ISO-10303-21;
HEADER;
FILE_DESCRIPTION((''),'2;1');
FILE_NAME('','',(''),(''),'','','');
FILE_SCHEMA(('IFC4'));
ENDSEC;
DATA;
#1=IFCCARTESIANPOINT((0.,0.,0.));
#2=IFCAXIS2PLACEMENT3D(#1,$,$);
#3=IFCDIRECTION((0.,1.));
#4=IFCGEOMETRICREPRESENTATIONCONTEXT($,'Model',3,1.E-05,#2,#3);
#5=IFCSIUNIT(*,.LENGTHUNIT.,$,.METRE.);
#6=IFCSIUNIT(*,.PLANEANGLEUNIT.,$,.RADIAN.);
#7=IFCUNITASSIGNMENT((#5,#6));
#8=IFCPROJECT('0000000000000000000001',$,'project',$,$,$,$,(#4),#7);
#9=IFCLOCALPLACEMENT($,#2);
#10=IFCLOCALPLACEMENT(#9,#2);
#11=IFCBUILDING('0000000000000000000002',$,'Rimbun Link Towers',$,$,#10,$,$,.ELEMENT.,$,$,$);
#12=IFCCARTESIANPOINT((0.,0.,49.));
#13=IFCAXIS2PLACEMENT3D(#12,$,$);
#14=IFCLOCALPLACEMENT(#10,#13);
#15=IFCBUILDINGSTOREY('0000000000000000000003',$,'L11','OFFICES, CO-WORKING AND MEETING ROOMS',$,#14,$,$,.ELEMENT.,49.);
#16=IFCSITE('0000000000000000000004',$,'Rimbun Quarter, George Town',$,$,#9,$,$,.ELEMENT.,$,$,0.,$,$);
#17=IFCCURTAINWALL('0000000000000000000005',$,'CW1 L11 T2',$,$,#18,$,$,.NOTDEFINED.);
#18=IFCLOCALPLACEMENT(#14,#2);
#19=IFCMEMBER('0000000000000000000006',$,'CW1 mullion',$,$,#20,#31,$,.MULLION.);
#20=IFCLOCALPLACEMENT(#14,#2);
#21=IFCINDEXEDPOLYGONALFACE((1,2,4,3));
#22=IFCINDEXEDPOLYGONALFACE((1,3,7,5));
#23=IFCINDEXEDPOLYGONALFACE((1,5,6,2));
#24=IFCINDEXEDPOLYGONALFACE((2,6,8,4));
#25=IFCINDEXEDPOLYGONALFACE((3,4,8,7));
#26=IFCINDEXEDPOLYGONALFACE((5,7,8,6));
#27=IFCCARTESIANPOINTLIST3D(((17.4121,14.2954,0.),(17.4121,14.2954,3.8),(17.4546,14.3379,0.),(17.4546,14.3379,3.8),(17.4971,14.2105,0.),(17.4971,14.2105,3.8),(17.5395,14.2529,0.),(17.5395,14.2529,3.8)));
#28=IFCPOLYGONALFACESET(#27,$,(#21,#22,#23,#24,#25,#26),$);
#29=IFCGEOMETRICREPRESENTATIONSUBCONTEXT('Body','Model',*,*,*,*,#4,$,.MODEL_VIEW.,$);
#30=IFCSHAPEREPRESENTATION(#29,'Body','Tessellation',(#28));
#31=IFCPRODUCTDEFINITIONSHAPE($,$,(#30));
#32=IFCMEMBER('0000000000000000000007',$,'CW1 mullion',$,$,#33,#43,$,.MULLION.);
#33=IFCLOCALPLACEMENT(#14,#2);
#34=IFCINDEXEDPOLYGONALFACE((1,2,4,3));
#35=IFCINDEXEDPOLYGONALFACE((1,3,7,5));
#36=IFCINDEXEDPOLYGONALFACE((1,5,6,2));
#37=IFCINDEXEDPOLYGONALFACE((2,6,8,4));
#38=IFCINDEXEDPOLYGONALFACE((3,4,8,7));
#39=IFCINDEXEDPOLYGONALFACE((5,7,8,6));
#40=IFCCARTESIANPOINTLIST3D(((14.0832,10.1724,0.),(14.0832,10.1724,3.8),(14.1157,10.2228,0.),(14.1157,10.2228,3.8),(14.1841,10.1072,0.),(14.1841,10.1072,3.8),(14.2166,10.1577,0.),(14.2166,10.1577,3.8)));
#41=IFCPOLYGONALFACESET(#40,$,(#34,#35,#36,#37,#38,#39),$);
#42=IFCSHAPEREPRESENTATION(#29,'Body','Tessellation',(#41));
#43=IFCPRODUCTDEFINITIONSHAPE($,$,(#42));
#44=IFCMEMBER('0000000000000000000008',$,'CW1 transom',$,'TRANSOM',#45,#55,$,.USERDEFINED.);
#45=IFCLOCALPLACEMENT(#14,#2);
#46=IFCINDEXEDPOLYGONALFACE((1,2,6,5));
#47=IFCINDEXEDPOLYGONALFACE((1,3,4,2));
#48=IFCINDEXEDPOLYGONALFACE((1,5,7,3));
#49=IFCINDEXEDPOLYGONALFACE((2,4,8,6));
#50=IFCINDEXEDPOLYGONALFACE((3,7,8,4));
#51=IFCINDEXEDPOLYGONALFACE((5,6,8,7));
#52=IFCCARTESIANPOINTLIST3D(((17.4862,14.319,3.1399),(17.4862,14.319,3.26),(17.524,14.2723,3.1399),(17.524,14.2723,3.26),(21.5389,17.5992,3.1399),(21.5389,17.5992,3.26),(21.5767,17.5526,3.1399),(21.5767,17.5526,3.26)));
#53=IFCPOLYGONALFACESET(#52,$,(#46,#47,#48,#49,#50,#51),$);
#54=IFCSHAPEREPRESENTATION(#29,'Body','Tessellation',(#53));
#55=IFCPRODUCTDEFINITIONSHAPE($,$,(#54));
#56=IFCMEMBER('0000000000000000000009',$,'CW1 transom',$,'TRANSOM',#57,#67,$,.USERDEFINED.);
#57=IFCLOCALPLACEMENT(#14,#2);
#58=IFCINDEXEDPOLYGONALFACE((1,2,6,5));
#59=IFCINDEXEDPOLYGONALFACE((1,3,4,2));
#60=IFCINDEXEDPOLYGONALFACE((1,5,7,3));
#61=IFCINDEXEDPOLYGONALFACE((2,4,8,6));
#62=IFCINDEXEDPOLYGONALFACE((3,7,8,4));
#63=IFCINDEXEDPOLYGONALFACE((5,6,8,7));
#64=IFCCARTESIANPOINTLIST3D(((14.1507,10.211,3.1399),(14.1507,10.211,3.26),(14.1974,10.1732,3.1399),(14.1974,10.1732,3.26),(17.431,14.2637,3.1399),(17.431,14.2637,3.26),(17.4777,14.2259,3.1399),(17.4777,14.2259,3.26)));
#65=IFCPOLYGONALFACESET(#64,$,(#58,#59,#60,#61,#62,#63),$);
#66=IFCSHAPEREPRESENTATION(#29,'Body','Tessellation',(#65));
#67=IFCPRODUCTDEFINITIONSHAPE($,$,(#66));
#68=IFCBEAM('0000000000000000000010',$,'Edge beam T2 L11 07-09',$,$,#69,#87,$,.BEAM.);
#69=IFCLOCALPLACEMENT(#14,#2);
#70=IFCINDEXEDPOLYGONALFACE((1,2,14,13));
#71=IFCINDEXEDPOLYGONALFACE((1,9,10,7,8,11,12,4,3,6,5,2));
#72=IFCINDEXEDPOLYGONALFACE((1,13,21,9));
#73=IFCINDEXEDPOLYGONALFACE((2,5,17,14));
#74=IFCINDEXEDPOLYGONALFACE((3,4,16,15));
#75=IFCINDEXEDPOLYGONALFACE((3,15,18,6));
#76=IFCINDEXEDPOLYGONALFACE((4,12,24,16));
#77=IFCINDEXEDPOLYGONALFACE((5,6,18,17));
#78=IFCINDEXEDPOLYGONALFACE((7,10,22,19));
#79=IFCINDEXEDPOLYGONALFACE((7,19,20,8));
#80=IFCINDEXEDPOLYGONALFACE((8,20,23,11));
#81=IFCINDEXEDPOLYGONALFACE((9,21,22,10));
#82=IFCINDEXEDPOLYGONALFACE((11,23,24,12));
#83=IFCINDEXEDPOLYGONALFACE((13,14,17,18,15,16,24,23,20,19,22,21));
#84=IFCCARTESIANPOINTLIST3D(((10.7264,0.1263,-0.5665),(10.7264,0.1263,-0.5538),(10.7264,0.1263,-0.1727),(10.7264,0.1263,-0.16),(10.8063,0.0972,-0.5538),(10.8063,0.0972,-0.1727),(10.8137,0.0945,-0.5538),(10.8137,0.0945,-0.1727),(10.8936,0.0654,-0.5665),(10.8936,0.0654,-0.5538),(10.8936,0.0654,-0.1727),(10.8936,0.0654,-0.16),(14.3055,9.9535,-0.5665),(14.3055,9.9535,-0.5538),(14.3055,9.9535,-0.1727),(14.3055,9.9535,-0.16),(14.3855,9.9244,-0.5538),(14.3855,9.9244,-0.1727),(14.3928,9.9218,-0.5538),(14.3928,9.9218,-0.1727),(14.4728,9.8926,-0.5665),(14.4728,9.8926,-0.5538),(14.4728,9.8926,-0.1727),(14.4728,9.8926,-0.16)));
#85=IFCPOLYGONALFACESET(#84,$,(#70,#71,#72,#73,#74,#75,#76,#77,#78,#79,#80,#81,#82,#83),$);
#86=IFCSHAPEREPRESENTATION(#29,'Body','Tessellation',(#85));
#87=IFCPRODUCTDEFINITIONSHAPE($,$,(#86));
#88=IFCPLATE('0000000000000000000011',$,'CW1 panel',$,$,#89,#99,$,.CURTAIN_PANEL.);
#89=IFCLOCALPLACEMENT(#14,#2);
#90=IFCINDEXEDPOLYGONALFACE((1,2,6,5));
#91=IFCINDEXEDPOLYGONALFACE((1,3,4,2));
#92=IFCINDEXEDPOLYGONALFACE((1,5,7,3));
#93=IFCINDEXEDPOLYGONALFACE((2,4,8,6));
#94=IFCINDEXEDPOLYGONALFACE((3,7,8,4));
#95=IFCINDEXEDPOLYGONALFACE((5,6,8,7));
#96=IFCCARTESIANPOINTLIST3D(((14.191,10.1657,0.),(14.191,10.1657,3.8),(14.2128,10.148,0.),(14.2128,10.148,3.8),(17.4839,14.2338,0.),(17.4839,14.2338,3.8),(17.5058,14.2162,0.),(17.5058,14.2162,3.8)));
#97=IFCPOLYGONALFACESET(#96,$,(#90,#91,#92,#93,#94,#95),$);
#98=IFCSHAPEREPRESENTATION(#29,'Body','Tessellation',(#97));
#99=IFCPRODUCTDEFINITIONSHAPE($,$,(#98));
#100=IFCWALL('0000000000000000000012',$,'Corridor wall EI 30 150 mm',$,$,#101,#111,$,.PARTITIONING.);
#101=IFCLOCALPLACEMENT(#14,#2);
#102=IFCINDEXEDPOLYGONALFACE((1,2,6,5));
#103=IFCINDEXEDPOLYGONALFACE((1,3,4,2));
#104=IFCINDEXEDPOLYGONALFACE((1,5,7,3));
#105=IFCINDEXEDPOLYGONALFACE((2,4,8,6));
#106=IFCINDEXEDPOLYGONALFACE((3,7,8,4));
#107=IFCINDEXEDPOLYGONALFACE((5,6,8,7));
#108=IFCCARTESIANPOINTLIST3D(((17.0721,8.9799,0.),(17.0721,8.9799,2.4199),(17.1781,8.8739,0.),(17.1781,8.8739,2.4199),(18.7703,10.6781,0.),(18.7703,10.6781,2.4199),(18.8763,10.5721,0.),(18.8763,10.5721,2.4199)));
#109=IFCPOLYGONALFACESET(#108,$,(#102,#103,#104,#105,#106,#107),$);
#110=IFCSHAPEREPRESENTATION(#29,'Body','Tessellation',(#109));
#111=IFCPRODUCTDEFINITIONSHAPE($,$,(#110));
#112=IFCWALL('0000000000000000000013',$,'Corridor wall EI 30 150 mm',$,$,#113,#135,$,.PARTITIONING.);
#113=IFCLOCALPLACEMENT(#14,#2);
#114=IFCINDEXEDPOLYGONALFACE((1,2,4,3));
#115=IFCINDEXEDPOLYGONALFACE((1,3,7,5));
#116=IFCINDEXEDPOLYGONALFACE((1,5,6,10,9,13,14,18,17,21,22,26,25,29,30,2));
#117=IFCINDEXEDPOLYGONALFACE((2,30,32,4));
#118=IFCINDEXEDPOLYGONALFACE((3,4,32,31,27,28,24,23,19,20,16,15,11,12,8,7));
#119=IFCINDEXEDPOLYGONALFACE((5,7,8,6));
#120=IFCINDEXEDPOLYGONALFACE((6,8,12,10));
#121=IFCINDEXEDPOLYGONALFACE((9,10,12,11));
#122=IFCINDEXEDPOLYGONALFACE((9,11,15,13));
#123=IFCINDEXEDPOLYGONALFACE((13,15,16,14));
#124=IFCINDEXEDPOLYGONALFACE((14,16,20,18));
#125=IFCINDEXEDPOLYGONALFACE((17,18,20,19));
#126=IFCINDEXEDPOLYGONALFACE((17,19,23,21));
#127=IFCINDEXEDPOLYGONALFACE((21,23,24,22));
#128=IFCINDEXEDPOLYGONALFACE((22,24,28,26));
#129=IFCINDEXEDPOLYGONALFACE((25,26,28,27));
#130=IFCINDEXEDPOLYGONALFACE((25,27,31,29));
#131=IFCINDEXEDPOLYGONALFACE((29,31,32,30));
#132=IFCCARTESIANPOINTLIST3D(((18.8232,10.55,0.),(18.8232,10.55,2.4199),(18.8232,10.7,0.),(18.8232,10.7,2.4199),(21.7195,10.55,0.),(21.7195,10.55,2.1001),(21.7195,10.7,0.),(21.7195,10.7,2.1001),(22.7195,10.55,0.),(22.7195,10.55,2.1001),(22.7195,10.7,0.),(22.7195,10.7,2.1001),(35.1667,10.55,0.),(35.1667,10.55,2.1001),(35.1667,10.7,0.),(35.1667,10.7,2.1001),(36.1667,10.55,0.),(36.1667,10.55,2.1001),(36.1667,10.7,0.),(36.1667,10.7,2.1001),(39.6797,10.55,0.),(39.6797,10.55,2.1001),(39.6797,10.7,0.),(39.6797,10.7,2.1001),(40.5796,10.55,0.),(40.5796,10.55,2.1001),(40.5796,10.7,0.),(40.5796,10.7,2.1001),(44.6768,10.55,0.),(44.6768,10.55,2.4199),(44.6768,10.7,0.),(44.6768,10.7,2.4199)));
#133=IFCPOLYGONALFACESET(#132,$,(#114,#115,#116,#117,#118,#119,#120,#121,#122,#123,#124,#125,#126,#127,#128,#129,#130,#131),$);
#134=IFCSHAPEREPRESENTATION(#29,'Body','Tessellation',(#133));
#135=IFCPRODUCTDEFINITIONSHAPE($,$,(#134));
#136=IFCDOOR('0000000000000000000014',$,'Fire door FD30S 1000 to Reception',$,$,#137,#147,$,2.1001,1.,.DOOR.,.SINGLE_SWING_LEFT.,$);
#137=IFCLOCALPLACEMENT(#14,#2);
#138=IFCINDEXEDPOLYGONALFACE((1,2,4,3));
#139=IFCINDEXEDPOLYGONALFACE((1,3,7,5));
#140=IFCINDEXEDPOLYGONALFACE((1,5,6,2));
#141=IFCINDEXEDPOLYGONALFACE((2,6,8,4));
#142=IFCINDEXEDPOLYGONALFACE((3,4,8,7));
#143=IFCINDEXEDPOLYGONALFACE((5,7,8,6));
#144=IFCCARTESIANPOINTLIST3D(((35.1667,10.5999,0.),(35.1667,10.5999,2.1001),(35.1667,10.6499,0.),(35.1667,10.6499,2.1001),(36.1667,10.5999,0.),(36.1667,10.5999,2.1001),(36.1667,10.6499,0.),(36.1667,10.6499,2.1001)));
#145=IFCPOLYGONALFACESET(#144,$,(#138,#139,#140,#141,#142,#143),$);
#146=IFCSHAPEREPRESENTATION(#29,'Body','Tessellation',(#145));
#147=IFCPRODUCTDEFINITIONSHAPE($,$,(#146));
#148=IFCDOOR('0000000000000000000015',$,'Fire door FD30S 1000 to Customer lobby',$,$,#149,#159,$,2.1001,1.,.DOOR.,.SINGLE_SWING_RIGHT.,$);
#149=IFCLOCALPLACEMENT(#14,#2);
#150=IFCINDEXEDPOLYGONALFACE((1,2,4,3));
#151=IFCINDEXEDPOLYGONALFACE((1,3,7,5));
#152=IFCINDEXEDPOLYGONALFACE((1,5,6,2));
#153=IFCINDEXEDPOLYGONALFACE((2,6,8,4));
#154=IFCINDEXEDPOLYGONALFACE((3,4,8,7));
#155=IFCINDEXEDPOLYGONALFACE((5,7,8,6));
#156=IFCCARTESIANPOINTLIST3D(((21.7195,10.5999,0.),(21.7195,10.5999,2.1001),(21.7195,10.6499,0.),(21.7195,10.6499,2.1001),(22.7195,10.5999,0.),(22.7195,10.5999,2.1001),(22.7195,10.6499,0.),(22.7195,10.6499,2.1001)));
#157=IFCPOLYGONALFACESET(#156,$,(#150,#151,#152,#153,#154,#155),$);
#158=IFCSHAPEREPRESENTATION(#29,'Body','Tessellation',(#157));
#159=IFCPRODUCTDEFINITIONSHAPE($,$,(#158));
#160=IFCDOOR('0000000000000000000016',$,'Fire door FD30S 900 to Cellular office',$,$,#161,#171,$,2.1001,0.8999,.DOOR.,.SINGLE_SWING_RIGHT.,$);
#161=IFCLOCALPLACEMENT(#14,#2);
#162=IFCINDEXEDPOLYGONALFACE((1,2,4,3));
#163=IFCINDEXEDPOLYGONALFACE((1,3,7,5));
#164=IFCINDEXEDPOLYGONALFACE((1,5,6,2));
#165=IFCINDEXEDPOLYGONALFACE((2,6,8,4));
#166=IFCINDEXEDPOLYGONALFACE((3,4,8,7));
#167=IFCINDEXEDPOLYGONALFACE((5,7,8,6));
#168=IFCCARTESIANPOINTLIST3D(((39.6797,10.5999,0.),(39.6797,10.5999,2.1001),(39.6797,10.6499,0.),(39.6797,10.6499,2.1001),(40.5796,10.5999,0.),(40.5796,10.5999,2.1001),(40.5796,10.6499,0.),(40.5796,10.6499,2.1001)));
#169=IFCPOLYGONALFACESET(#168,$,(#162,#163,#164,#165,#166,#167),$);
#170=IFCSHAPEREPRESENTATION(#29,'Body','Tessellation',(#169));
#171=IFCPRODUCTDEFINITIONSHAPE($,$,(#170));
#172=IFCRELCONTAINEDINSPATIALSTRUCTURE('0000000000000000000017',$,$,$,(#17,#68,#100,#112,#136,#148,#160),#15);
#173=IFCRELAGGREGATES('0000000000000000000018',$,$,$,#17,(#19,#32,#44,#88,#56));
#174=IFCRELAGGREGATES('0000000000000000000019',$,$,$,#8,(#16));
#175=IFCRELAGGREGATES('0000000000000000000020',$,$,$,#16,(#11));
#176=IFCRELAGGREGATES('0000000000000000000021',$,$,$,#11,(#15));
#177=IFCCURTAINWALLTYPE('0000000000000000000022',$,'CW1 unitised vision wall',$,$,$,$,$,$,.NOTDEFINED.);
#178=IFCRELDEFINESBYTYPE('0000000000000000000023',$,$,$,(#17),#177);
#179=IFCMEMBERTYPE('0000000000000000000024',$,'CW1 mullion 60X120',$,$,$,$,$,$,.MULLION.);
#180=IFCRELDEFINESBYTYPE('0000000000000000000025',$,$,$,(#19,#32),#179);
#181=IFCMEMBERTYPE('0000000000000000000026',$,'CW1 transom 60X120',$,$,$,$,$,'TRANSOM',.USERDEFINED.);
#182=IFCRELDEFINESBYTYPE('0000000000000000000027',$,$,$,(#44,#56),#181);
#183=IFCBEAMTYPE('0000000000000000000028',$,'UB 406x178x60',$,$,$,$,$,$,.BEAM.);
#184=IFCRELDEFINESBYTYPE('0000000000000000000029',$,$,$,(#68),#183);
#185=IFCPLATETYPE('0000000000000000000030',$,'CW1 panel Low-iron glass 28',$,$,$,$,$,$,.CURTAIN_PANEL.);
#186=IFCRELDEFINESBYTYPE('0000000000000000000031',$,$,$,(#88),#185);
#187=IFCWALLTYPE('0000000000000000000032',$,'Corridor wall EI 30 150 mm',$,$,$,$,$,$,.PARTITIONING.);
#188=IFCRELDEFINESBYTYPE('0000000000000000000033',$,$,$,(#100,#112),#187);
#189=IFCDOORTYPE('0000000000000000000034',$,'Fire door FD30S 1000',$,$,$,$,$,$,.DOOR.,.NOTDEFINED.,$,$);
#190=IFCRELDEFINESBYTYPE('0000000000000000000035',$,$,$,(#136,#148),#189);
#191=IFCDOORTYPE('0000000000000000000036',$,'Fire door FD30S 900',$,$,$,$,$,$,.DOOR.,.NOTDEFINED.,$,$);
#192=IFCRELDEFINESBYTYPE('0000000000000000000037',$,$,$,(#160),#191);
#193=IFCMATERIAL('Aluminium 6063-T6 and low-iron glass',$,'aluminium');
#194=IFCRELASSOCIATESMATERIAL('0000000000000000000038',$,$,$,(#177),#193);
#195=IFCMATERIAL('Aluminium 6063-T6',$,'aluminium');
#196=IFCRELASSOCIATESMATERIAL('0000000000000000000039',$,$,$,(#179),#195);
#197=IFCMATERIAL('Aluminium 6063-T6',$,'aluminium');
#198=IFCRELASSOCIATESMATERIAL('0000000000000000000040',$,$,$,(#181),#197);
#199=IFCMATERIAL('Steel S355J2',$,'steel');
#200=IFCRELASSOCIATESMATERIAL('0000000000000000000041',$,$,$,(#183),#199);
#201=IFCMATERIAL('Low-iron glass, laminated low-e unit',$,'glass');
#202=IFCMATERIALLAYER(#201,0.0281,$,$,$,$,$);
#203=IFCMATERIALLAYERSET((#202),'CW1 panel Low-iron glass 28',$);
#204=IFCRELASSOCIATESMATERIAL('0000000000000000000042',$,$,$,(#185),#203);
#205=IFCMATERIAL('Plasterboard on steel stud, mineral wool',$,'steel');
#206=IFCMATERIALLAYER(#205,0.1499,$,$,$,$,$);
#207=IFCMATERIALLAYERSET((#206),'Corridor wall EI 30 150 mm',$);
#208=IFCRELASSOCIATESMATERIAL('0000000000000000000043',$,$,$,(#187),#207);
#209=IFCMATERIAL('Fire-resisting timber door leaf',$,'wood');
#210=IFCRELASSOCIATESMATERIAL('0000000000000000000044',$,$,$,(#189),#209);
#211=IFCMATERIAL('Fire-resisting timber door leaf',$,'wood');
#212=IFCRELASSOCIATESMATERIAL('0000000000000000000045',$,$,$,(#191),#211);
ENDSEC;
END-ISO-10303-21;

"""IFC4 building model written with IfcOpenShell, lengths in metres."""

from ifc_helpers import new_model, si_unit, direction, frame, frame_2d, origin, origin_2d, place, context, subcontext, project, spatial, rectangle, i_section, extrude, material, layer, layer_set, material_profile, profile_set, type_object, element, fill, aggregate, save


model = new_model("IFC4")

# Units and contexts
model_context = context("Model", 3, precision=1e-05, world=origin(), true_north=direction((0.0, 1.0)))
body_context = subcontext(model_context, "Body", "Model", "MODEL_VIEW")
ifc_project = project(units=[si_unit("LENGTHUNIT", "METRE"), si_unit("PLANEANGLEUNIT", "RADIAN")], contexts=[model_context])

# Site, building, storey
site_placement = place(None, origin())
site = spatial("IfcSite", under=ifc_project, at=site_placement, Name="Rimbun Quarter, George Town", CompositionType="ELEMENT", RefElevation=0.0)
building_placement = place(site_placement, origin())
building = spatial("IfcBuilding", under=site, at=building_placement, Name="Rimbun Link Towers", CompositionType="ELEMENT")
storey_placement = place(building_placement, frame((0.0, 0.0, 49.0)))
storey = spatial("IfcBuildingStorey", under=building, at=storey_placement, Name="L11", Description="OFFICES, CO-WORKING AND MEETING ROOMS", CompositionType="ELEMENT", Elevation=49.0)

# Curtain wall, members
ifc_material_1 = material(Name="Aluminium 6063-T6 and low-iron glass", Category="aluminium")
curtain_wall_type = type_object("IfcCurtainWallType", Name="CW1 unitised vision wall", PredefinedType="NOTDEFINED", material=ifc_material_1)
curtain_wall_placement = place(storey_placement, origin())
curtain_wall = element("IfcCurtainWall", 1, at=curtain_wall_placement, inside=storey, type_object=curtain_wall_type, Name="CW1 L11 T2", PredefinedType="NOTDEFINED")
ifc_material_2 = material(Name="Aluminium 6063-T6", Category="aluminium")
ifc_material_profile_1 = material_profile(ifc_material_2, rectangle(XDim=0.1201, YDim=0.0601, at=origin_2d()), Name="MULLION 60X120")
ifc_profile_set_1 = profile_set([ifc_material_profile_1], Name="Aluminium 6063-T6")
member_type_1 = type_object("IfcMemberType", Name="CW1 mullion 60X120", PredefinedType="MULLION", material=ifc_profile_set_1)
member_1_placement = place(storey_placement, frame((17.4758, 14.2742, 0.0), z_axis=(0.0, 0.0, 1.0), x_axis=(-0.707107, 0.707107, 0.0)))
member_1 = element("IfcMember", 2, at=member_1_placement, type_object=member_type_1, Name="CW1 mullion", PredefinedType="MULLION", context=body_context, shape_type="SweptSolid", body=[
    extrude(rectangle(XDim=0.1201, YDim=0.0601, at=origin_2d()), origin(), (0.0, 0.0, 1.0), 3.8),
])
member_2_placement = place(storey_placement, frame((14.1499, 10.165, 0.0), z_axis=(0.0, 0.0, 1.0), x_axis=(-0.840319, 0.542092, 0.0)))
member_2 = element("IfcMember", 3, at=member_2_placement, type_object=member_type_1, Name="CW1 mullion", PredefinedType="MULLION", context=body_context, shape_type="SweptSolid", body=[
    extrude(rectangle(XDim=0.1201, YDim=0.0601, at=origin_2d()), origin(), (0.0, 0.0, 1.0), 3.8),
])
ifc_material_3 = material(Name="Aluminium 6063-T6", Category="aluminium")
ifc_material_profile_2 = material_profile(ifc_material_3, rectangle(XDim=0.0601, YDim=0.1201, at=origin_2d()), Name="TRANSOM 60X120")
ifc_profile_set_2 = profile_set([ifc_material_profile_2], Name="Aluminium 6063-T6")
member_type_2 = type_object("IfcMemberType", Name="CW1 transom 60X120", ElementType="TRANSOM", PredefinedType="USERDEFINED", material=ifc_profile_set_2)
member_3_placement = place(storey_placement, frame((17.5051, 14.2957, 3.2), z_axis=(0.777293, 0.629139, 0.0), x_axis=(-0.629139, 0.777293, 0.0)))
member_3 = element("IfcMember", 4, at=member_3_placement, type_object=member_type_2, Name="CW1 transom", ObjectType="TRANSOM", PredefinedType="USERDEFINED", context=body_context, shape_type="SweptSolid", body=[
    extrude(rectangle(XDim=0.0601, YDim=0.1201, at=origin_2d()), origin(), (0.0, 0.0, 1.0), 5.2139),
])
member_4_placement = place(storey_placement, frame((14.1741, 10.1921, 3.2), z_axis=(0.629139, 0.777293, 0.0), x_axis=(-0.777293, 0.629139, 0.0)))
member_4 = element("IfcMember", 5, at=member_4_placement, type_object=member_type_2, Name="CW1 transom", ObjectType="TRANSOM", PredefinedType="USERDEFINED", context=body_context, shape_type="SweptSolid", body=[
    extrude(rectangle(XDim=0.0601, YDim=0.1201, at=origin_2d()), origin(), (0.0, 0.0, 1.0), 5.2139),
])

# Beam
ifc_material_4 = material(Name="Steel S355J2", Category="steel")
ifc_material_profile_3 = material_profile(ifc_material_4, i_section(OverallWidth=0.178, OverallDepth=0.4065, WebThickness=0.0078, FlangeThickness=0.0127, at=origin_2d()), Name="UB 406x178x60")
ifc_profile_set_3 = profile_set([ifc_material_profile_3], Name="Steel S355J2")
beam_type = type_object("IfcBeamType", Name="UB 406x178x60", PredefinedType="BEAM", material=ifc_profile_set_3)
beam_placement = place(storey_placement, frame((14.3892, 9.9231, -0.3633), z_axis=(-0.342215, -0.939622, 0.0), x_axis=(0.939622, -0.342215, 0.0)))
element("IfcBeam", 6, at=beam_placement, inside=storey, type_object=beam_type, Name="Edge beam T2 L11 07-09", PredefinedType="BEAM", context=body_context, shape_type="SweptSolid", body=[
    extrude(i_section(OverallWidth=0.178, OverallDepth=0.4065, WebThickness=0.0078, FlangeThickness=0.0127, at=origin_2d()), origin(), (0.0, 0.0, 1.0), 10.4587),
])

# Plate
ifc_material_5 = material(Name="Low-iron glass, laminated low-e unit", Category="glass")
ifc_layer_1 = layer(ifc_material_5, 0.0281)
ifc_layer_set_1 = layer_set([ifc_layer_1], Name="CW1 panel Low-iron glass 28")
plate_type = type_object("IfcPlateType", Name="CW1 panel Low-iron glass 28", PredefinedType="CURTAIN_PANEL", material=ifc_layer_set_1)
plate_placement = place(storey_placement, frame((15.8484, 12.1909, 0.0), z_axis=(0.0, 0.0, 1.0), x_axis=(0.629155, 0.77728, 0.0)))
plate = element("IfcPlate", 7, at=plate_placement, type_object=plate_type, Name="CW1 panel", PredefinedType="CURTAIN_PANEL", context=body_context, shape_type="SweptSolid", body=[
    extrude(rectangle(XDim=5.2339, YDim=0.0281, at=origin_2d()), origin(), (0.0, 0.0, 1.0), 3.8),
])
aggregate(curtain_wall, [member_1, member_2, member_3, plate, member_4])

# Wall
ifc_material_6 = material(Name="Plasterboard on steel stud, mineral wool", Category="steel")
ifc_layer_2 = layer(ifc_material_6, 0.1499)
ifc_layer_set_2 = layer_set([ifc_layer_2], Name="Corridor wall EI 30 150 mm")
wall_type_1 = type_object("IfcWallType", Name="Corridor wall EI 30 150 mm", PredefinedType="PARTITIONING", material=ifc_layer_set_2)
wall_1_placement = place(storey_placement, frame((18.8232, 10.625, 0.0), z_axis=(0.0, 0.0, 1.0), x_axis=(-0.707107, -0.707107, 0.0)))
element("IfcWall", 8, at=wall_1_placement, inside=storey, type_object=wall_type_1, Name="Corridor wall EI 30 150 mm", PredefinedType="PARTITIONING", context=body_context, shape_type="SweptSolid", body=[
    extrude(rectangle(XDim=2.4016, YDim=0.1499, at=frame_2d((1.2007, 0.0))), origin(), (0.0, 0.0, 1.0), 2.4199),
])

# Wall, openings, doors
wall_2_placement = place(storey_placement, frame((18.8232, 10.625, 0.0), z_axis=(0.0, 0.0, 1.0), x_axis=(1.0, 0.0, 0.0)))
wall_2 = element("IfcWall", 9, at=wall_2_placement, inside=storey, type_object=wall_type_1, Name="Corridor wall EI 30 150 mm", PredefinedType="PARTITIONING", context=body_context, shape_type="SweptSolid", body=[
    extrude(rectangle(XDim=25.8535, YDim=0.1499, at=frame_2d((12.9268, 0.0))), origin(), (0.0, 0.0, 1.0), 2.4199),
])
opening_1_placement = place(wall_2_placement, frame((20.8564, 0.0, 0.0)))
opening_1 = element("IfcOpeningElement", 10, at=opening_1_placement, cuts=wall_2, PredefinedType="OPENING", context=body_context, shape_type="SweptSolid", body=[
    extrude(rectangle(XDim=0.8999, YDim=2.1001, at=frame_2d((0.45, 1.05))), frame((0.0, 0.085, 0.0), z_axis=(0.0, -1.0, 0.0), x_axis=(1.0, 0.0, 0.0)), (0.0, 0.0, 1.0), 0.1699),
])
opening_2_placement = place(wall_2_placement, frame((16.3435, 0.0, 0.0)))
opening_2 = element("IfcOpeningElement", 11, at=opening_2_placement, cuts=wall_2, PredefinedType="OPENING", context=body_context, shape_type="SweptSolid", body=[
    extrude(rectangle(XDim=1.0, YDim=2.1001, at=frame_2d((0.5, 1.05))), frame((0.0, 0.085, 0.0), z_axis=(0.0, -1.0, 0.0), x_axis=(1.0, 0.0, 0.0)), (0.0, 0.0, 1.0), 0.1699),
])
opening_3_placement = place(wall_2_placement, frame((2.8962, 0.0, 0.0)))
opening_3 = element("IfcOpeningElement", 12, at=opening_3_placement, cuts=wall_2, PredefinedType="OPENING", context=body_context, shape_type="SweptSolid", body=[
    extrude(rectangle(XDim=1.0, YDim=2.1001, at=frame_2d((0.5, 1.05))), frame((0.0, 0.085, 0.0), z_axis=(0.0, -1.0, 0.0), x_axis=(1.0, 0.0, 0.0)), (0.0, 0.0, 1.0), 0.1699),
])
ifc_material_7 = material(Name="Fire-resisting timber door leaf", Category="wood")
door_type_1 = type_object("IfcDoorType", Name="Fire door FD30S 1000", OperationType="NOTDEFINED", PredefinedType="DOOR", material=ifc_material_7)
door_1_placement = place(opening_2_placement, origin())
door_1 = element("IfcDoor", 13, at=door_1_placement, inside=storey, type_object=door_type_1, Name="Fire door FD30S 1000 to Reception", OperationType="SINGLE_SWING_LEFT", OverallHeight=2.1001, OverallWidth=1.0, PredefinedType="DOOR", context=body_context, shape_type="SweptSolid", body=[
    extrude(rectangle(XDim=1.0, YDim=2.1001, at=frame_2d((0.5, 1.05))), frame((0.0, 0.0249, 0.0), z_axis=(0.0, -1.0, 0.0), x_axis=(1.0, 0.0, 0.0)), (0.0, 0.0, 1.0), 0.05),
])
fill(opening_2, door_1)
door_2_placement = place(opening_3_placement, origin())
door_2 = element("IfcDoor", 14, at=door_2_placement, inside=storey, type_object=door_type_1, Name="Fire door FD30S 1000 to Customer lobby", OperationType="SINGLE_SWING_RIGHT", OverallHeight=2.1001, OverallWidth=1.0, PredefinedType="DOOR", context=body_context, shape_type="SweptSolid", body=[
    extrude(rectangle(XDim=1.0, YDim=2.1001, at=frame_2d((0.5, 1.05))), frame((0.0, 0.0249, 0.0), z_axis=(0.0, -1.0, 0.0), x_axis=(1.0, 0.0, 0.0)), (0.0, 0.0, 1.0), 0.05),
])
fill(opening_3, door_2)
ifc_material_8 = material(Name="Fire-resisting timber door leaf", Category="wood")
door_type_2 = type_object("IfcDoorType", Name="Fire door FD30S 900", OperationType="NOTDEFINED", PredefinedType="DOOR", material=ifc_material_8)
door_3_placement = place(opening_1_placement, origin())
door_3 = element("IfcDoor", 15, at=door_3_placement, inside=storey, type_object=door_type_2, Name="Fire door FD30S 900 to Cellular office", OperationType="SINGLE_SWING_RIGHT", OverallHeight=2.1001, OverallWidth=0.8999, PredefinedType="DOOR", context=body_context, shape_type="SweptSolid", body=[
    extrude(rectangle(XDim=0.8999, YDim=2.1001, at=frame_2d((0.45, 1.05))), frame((0.0, 0.0249, 0.0), z_axis=(0.0, -1.0, 0.0), x_axis=(1.0, 0.0, 0.0)), (0.0, 0.0, 1.0), 0.05),
])
fill(opening_1, door_3)

save(model, "model.ifc")
